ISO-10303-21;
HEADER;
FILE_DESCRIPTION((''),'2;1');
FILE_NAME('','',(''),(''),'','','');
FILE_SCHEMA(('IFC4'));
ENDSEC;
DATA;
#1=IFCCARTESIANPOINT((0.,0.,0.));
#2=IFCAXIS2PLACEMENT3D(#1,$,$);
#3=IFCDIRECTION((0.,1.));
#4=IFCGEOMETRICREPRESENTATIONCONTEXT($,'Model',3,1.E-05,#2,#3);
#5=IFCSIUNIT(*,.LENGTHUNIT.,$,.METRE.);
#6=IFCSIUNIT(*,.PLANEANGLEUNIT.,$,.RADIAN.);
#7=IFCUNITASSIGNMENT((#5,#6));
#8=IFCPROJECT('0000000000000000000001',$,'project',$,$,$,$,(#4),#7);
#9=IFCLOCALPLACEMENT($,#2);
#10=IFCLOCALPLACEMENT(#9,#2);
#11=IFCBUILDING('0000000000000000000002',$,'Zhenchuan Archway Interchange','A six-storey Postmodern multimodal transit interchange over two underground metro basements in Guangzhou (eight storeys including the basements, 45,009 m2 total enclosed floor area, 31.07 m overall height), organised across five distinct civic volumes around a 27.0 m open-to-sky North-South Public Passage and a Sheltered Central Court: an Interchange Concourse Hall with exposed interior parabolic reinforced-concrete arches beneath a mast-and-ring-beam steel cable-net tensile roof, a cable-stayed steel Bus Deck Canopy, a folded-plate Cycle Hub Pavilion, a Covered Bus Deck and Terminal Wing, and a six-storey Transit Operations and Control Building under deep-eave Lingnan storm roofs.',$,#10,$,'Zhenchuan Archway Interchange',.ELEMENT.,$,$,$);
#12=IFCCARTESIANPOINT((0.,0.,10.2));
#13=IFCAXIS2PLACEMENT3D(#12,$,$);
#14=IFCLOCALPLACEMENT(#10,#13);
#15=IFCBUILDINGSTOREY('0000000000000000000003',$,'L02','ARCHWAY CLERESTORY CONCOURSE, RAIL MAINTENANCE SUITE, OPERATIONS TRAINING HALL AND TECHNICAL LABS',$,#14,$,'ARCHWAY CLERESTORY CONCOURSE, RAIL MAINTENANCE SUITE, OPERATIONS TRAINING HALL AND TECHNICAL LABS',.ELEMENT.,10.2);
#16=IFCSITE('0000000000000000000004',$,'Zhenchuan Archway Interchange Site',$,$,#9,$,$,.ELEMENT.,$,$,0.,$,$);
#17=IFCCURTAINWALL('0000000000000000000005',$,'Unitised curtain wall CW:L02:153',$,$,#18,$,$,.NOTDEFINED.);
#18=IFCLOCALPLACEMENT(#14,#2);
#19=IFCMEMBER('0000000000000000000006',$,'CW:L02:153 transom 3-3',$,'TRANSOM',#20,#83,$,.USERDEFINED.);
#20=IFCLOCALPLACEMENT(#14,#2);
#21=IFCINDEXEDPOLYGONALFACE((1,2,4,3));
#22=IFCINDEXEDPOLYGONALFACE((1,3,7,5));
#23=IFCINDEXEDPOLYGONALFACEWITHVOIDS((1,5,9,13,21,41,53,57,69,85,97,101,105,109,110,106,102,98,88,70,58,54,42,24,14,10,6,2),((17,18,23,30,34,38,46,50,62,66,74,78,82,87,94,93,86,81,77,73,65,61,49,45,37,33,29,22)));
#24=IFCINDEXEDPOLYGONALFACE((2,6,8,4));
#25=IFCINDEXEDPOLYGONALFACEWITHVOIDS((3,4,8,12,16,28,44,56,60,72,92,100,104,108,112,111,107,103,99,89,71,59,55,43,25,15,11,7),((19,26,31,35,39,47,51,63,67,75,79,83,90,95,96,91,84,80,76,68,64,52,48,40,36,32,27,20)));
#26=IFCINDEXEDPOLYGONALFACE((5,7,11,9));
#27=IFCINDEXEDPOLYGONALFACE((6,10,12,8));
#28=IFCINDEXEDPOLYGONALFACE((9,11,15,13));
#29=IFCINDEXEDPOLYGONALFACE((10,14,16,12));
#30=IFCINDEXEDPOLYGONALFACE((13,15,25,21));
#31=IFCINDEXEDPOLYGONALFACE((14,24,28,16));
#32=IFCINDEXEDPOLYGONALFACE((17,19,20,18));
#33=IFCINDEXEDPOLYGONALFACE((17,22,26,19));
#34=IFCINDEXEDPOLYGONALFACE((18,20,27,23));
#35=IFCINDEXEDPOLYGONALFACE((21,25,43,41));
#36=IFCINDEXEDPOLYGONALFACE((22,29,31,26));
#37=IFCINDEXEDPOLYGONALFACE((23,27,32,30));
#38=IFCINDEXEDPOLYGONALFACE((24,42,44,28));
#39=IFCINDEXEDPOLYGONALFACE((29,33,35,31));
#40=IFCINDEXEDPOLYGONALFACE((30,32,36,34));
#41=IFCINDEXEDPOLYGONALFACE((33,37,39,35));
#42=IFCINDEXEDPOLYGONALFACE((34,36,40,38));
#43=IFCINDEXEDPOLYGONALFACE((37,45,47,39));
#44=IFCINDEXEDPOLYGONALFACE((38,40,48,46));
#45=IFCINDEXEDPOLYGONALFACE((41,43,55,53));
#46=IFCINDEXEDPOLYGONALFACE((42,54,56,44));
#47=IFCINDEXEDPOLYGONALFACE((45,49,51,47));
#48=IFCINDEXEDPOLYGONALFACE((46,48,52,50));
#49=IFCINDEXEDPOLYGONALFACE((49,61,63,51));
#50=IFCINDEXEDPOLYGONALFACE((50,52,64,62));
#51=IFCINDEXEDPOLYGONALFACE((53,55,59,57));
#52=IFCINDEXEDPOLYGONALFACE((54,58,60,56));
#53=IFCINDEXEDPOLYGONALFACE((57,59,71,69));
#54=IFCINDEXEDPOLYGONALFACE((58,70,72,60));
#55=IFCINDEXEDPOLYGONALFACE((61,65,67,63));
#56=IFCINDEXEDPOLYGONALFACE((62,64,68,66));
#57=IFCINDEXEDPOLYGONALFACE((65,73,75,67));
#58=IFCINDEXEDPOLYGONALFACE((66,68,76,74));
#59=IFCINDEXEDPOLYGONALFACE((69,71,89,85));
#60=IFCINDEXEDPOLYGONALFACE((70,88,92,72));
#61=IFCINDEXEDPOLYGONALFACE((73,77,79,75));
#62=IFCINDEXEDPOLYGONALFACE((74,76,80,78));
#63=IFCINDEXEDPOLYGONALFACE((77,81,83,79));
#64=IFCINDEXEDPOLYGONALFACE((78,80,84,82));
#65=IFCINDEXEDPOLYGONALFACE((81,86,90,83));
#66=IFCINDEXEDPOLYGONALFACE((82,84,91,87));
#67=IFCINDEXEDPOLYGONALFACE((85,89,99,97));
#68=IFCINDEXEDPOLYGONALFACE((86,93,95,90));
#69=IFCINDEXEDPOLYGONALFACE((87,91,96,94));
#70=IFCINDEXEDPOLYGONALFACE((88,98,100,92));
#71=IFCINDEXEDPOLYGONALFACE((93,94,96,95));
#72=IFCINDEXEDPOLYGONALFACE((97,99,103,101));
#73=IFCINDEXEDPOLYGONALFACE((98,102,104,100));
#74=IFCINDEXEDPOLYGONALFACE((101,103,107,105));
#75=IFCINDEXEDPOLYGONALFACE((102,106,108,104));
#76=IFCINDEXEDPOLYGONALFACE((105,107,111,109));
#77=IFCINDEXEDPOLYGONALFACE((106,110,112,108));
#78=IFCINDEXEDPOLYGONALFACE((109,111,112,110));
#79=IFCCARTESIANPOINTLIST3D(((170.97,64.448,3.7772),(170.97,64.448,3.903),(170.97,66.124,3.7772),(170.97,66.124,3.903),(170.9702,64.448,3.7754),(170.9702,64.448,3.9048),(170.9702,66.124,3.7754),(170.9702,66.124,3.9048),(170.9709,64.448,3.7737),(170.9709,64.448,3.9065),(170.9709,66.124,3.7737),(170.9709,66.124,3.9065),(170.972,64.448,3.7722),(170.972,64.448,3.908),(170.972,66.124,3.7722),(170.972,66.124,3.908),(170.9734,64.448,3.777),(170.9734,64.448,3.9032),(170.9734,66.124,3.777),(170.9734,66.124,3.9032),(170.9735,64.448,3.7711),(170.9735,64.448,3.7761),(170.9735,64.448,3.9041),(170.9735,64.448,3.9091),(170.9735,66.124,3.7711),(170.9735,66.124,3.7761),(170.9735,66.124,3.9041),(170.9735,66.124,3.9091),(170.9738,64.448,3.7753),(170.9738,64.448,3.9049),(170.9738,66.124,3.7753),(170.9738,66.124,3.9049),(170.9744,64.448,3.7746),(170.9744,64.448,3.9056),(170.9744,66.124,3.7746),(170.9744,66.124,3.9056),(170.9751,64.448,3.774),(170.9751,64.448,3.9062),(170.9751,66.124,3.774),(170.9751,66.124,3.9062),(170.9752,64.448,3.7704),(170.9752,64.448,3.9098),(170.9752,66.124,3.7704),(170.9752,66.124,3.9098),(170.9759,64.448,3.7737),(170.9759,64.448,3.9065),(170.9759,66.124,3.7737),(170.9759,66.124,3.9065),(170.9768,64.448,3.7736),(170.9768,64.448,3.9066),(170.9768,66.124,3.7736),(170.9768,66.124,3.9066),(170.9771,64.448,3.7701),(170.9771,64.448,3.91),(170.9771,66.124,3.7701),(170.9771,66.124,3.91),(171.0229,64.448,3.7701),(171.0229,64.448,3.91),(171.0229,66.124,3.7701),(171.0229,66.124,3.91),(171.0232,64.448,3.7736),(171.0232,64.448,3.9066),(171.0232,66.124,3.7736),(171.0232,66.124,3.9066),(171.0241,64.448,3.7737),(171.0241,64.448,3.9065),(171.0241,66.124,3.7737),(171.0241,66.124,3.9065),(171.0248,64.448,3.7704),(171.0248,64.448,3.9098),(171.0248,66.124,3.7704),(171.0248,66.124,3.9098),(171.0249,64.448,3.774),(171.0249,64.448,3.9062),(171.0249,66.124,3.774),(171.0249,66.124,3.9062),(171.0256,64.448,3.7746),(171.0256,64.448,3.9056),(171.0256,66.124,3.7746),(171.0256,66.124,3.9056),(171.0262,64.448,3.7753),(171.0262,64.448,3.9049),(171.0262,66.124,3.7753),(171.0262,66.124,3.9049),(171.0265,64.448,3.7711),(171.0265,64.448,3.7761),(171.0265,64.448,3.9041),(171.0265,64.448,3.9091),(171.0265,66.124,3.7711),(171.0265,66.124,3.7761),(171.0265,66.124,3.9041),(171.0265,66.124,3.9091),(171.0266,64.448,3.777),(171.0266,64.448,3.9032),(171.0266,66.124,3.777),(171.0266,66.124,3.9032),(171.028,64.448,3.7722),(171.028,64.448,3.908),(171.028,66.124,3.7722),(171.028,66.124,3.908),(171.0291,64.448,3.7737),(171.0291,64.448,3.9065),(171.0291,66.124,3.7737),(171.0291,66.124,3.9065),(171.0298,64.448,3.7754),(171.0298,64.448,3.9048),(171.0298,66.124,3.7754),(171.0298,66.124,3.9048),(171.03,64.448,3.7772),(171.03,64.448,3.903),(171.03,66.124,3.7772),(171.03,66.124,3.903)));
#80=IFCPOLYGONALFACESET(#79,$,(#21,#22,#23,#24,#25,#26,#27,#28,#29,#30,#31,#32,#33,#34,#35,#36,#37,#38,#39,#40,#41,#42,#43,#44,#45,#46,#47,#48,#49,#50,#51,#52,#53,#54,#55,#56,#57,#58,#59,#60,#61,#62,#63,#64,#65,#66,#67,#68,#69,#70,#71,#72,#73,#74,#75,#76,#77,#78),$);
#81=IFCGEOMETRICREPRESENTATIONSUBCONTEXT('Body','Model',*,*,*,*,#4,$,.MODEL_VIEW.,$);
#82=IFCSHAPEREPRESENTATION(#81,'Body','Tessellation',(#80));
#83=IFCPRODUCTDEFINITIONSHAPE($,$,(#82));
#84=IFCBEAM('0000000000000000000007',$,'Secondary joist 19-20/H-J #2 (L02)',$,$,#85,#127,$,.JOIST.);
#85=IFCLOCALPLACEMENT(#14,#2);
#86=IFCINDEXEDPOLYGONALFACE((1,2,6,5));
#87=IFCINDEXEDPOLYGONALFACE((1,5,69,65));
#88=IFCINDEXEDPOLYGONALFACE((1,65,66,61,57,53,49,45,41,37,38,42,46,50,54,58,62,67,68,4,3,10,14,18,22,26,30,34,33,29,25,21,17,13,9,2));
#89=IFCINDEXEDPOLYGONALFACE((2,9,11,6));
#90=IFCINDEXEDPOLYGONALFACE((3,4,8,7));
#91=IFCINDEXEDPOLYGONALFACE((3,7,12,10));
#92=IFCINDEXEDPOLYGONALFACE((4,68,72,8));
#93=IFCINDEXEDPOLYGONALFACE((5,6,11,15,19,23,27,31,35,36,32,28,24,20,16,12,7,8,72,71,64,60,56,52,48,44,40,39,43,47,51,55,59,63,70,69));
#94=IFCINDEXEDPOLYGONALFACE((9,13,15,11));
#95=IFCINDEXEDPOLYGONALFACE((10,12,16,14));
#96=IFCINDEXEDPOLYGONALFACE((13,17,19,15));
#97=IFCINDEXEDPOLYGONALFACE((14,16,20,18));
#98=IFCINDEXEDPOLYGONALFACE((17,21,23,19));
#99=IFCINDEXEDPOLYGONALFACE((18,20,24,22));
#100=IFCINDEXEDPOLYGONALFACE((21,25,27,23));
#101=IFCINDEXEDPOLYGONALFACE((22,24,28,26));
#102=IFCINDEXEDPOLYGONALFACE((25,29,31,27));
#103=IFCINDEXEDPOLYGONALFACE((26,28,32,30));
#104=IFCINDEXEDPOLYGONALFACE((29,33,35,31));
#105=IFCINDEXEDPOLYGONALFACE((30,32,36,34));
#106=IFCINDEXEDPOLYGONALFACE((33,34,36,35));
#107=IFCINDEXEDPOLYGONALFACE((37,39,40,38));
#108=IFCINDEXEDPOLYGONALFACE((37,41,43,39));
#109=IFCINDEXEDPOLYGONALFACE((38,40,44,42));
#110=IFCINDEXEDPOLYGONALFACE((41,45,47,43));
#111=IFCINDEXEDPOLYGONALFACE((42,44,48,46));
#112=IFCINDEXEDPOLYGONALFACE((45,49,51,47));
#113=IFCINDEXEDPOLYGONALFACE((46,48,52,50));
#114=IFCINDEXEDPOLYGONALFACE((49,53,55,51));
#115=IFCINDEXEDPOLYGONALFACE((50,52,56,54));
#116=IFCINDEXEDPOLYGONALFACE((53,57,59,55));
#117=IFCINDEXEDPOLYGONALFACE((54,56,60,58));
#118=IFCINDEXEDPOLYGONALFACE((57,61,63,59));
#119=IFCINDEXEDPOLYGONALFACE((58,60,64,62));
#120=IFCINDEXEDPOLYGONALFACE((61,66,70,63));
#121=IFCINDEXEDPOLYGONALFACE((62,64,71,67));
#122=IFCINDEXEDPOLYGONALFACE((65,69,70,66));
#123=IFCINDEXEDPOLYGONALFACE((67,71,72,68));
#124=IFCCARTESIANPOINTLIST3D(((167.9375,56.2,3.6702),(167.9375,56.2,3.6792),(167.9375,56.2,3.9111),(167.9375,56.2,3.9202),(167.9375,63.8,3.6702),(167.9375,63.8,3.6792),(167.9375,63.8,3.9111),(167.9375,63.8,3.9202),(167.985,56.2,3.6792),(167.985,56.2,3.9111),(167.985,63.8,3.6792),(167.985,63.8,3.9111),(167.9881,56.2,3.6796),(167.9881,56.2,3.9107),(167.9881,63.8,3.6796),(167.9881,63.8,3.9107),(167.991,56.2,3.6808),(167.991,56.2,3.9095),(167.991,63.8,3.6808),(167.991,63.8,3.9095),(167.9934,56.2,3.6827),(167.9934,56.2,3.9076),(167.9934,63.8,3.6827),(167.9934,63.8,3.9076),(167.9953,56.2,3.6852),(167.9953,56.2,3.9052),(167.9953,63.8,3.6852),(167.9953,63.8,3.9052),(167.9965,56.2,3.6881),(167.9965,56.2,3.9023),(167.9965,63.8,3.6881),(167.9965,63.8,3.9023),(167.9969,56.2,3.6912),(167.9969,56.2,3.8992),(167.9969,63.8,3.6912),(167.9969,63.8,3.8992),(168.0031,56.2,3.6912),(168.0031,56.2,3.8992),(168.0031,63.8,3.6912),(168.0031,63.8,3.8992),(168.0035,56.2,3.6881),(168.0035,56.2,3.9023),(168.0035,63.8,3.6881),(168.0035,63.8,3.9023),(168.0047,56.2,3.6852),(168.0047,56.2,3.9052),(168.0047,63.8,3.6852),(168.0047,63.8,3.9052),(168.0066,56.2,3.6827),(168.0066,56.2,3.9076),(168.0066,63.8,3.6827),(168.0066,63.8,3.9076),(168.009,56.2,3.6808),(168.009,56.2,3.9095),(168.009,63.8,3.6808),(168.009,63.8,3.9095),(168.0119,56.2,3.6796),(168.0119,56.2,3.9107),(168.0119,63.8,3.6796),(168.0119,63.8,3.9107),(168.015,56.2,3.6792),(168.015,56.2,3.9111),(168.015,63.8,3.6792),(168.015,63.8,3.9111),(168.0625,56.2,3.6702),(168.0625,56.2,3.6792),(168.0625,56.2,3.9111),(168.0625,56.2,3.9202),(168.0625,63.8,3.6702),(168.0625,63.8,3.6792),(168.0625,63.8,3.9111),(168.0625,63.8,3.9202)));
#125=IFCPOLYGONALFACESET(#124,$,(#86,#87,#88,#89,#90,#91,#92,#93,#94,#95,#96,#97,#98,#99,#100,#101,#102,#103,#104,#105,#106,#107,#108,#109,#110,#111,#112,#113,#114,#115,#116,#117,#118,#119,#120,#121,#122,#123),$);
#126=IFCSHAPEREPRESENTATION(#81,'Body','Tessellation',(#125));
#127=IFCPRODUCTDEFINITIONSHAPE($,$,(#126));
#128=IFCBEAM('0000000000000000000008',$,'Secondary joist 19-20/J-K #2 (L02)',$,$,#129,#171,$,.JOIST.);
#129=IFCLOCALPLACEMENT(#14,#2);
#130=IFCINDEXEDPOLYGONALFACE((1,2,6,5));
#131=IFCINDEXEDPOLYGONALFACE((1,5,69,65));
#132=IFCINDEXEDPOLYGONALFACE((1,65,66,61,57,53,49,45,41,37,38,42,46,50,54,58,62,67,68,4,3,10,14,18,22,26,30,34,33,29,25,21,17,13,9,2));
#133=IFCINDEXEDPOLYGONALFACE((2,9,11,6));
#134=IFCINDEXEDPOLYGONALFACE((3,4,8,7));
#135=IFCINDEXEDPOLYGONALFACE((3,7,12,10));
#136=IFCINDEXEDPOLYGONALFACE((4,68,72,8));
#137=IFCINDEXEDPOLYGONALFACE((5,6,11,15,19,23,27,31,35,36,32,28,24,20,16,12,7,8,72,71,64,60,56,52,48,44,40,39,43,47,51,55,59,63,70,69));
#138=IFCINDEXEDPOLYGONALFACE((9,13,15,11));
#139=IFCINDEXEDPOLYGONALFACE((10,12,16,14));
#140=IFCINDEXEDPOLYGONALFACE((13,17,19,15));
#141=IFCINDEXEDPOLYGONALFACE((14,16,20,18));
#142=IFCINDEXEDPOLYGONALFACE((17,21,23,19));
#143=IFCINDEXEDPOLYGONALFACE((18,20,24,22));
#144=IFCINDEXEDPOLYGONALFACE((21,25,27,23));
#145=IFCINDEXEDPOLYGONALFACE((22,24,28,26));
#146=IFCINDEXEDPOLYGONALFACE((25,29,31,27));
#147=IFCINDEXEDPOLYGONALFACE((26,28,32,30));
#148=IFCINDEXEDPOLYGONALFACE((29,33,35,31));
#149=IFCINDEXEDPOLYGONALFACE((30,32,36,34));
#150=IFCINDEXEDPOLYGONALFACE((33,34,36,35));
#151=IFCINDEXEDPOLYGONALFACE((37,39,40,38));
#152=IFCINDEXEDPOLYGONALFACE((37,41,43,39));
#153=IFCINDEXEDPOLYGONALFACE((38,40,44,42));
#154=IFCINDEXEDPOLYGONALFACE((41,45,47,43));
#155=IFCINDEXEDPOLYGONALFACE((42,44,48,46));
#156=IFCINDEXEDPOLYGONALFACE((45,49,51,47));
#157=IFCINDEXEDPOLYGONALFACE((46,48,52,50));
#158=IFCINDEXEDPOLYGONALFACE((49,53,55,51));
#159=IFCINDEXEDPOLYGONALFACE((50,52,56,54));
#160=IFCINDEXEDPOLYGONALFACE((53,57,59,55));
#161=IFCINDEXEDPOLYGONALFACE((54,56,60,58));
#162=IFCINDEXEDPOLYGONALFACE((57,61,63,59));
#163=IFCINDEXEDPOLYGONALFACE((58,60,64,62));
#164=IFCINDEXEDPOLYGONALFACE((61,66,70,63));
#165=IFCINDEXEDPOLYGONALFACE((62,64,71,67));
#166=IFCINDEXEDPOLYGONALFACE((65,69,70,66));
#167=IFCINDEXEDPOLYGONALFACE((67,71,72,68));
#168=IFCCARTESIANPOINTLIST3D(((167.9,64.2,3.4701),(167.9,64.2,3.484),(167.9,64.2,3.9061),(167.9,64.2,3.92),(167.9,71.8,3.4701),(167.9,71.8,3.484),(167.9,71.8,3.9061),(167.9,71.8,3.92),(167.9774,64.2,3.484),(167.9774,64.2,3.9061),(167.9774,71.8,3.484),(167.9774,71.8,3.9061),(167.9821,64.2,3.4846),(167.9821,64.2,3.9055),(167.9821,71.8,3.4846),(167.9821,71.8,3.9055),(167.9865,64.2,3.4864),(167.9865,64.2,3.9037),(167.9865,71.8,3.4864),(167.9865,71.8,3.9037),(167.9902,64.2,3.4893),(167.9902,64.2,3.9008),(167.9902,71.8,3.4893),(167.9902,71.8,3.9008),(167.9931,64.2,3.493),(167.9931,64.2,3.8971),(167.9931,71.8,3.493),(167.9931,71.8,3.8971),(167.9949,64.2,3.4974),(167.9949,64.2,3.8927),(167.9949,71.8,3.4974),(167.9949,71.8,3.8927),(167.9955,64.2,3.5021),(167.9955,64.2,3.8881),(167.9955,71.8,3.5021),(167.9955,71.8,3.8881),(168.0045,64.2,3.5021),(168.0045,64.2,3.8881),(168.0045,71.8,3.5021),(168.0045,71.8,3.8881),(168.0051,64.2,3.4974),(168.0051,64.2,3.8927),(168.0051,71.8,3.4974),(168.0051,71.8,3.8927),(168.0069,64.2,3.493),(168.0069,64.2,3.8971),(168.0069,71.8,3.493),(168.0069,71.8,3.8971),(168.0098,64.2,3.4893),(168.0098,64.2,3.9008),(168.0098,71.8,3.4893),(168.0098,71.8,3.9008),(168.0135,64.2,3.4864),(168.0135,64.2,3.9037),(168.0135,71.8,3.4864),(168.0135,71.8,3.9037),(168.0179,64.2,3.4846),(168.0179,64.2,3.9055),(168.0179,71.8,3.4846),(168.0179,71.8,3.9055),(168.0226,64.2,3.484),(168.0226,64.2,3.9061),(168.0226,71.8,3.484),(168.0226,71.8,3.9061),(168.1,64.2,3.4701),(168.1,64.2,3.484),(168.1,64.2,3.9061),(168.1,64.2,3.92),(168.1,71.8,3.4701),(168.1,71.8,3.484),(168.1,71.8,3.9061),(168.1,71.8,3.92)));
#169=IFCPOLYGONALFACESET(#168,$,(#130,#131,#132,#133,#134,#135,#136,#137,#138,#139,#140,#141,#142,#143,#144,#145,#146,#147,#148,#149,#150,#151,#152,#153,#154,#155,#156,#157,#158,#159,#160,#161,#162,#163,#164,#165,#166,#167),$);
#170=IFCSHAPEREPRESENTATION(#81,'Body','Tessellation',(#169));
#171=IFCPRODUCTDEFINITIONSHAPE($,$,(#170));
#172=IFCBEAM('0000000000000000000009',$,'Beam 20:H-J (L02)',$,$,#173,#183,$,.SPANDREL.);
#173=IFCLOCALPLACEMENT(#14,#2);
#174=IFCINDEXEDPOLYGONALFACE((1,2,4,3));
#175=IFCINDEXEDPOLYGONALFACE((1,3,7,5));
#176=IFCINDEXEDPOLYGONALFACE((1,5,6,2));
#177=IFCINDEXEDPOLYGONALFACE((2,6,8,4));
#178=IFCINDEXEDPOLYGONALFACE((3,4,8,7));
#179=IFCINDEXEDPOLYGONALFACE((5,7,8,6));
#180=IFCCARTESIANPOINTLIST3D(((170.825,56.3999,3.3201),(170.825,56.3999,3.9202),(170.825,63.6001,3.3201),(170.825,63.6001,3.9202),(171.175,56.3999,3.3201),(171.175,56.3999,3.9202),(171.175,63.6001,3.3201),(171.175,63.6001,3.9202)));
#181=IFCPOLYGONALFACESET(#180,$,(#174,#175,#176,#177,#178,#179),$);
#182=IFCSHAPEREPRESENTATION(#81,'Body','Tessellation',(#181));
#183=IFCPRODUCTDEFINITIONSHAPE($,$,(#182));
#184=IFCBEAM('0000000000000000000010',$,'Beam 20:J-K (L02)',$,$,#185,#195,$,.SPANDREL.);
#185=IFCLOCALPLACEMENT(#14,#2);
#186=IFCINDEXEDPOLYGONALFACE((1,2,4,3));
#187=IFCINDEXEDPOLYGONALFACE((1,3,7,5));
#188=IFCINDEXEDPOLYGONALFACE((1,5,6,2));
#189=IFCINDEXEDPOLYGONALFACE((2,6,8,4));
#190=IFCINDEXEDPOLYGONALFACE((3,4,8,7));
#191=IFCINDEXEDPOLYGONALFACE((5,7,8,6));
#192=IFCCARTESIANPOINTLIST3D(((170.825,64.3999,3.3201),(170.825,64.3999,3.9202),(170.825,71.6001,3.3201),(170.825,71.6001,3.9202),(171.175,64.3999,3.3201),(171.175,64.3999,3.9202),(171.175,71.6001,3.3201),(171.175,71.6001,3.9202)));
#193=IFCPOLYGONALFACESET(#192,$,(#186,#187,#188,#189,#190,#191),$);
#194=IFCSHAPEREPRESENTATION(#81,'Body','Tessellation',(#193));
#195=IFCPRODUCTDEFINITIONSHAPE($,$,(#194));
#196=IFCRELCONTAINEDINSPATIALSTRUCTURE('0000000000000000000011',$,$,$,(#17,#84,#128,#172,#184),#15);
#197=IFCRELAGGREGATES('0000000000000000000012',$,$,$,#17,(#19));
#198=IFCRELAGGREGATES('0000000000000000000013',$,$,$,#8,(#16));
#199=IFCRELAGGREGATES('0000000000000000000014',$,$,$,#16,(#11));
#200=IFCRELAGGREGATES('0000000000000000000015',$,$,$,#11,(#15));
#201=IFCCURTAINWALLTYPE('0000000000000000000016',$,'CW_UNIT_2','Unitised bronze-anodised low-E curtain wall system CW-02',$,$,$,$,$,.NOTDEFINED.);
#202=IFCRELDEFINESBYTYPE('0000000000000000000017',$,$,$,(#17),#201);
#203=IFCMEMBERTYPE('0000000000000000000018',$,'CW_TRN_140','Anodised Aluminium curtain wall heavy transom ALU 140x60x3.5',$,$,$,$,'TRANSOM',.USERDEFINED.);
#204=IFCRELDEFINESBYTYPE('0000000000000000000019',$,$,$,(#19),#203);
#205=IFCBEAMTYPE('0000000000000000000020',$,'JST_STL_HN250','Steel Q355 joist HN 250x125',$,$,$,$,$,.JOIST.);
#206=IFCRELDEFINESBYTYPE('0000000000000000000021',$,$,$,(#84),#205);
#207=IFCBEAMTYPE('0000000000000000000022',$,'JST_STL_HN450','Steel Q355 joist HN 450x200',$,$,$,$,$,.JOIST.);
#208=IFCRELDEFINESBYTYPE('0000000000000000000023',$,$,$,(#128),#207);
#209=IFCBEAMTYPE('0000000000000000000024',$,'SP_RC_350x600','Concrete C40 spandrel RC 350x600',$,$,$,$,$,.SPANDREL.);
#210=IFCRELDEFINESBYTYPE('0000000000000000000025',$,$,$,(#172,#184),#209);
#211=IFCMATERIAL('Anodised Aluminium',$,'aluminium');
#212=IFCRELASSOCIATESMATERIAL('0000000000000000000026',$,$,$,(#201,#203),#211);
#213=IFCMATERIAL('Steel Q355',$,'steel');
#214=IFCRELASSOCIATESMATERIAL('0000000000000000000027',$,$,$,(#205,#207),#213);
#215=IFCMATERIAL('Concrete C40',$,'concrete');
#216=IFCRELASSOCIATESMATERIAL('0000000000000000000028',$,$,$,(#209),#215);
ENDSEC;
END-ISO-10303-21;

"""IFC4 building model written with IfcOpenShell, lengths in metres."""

from ifc_helpers import new_model, si_unit, direction, frame, origin, origin_2d, place, context, subcontext, project, spatial, rectangle, hollow_rectangle, i_section, extrude, material, material_profile, profile_set, type_object, element, aggregate, save


model = new_model("IFC4")

# Units and contexts
model_context = context("Model", 3, precision=1e-05, world=origin(), true_north=direction((0.0, 1.0)))
body_context = subcontext(model_context, "Body", "Model", "MODEL_VIEW")
ifc_project = project(units=[si_unit("LENGTHUNIT", "METRE"), si_unit("PLANEANGLEUNIT", "RADIAN")], contexts=[model_context])

# Site, building, storey
site_placement = place(None, origin())
site = spatial("IfcSite", under=ifc_project, at=site_placement, Name="Zhenchuan Archway Interchange Site", CompositionType="ELEMENT", RefElevation=0.0)
building_placement = place(site_placement, origin())
building = spatial("IfcBuilding", under=site, at=building_placement, Name="Zhenchuan Archway Interchange", Description="A six-storey Postmodern multimodal transit interchange over two underground metro basements in Guangzhou (eight storeys including the basements, 45,009 m2 total enclosed floor area, 31.07 m overall height), organised across five distinct civic volumes around a 27.0 m open-to-sky North-South Public Passage and a Sheltered Central Court: an Interchange Concourse Hall with exposed interior parabolic reinforced-concrete arches beneath a mast-and-ring-beam steel cable-net tensile roof, a cable-stayed steel Bus Deck Canopy, a folded-plate Cycle Hub Pavilion, a Covered Bus Deck and Terminal Wing, and a six-storey Transit Operations and Control Building under deep-eave Lingnan storm roofs.", LongName="Zhenchuan Archway Interchange", CompositionType="ELEMENT")
storey_placement = place(building_placement, frame((0.0, 0.0, 10.2)))
storey = spatial("IfcBuildingStorey", under=building, at=storey_placement, Name="L02", Description="ARCHWAY CLERESTORY CONCOURSE, RAIL MAINTENANCE SUITE, OPERATIONS TRAINING HALL AND TECHNICAL LABS", LongName="ARCHWAY CLERESTORY CONCOURSE, RAIL MAINTENANCE SUITE, OPERATIONS TRAINING HALL AND TECHNICAL LABS", CompositionType="ELEMENT", Elevation=10.2)

# Curtain wall, member
ifc_material_1 = material(Name="Anodised Aluminium", Category="aluminium")
curtain_wall_type = type_object("IfcCurtainWallType", Name="CW_UNIT_2", Description="Unitised bronze-anodised low-E curtain wall system CW-02", PredefinedType="NOTDEFINED", material=ifc_material_1)
curtain_wall_placement = place(storey_placement, origin())
curtain_wall = element("IfcCurtainWall", 1, at=curtain_wall_placement, inside=storey, type_object=curtain_wall_type, Name="Unitised curtain wall CW:L02:153", PredefinedType="NOTDEFINED")
ifc_material_profile_1 = material_profile(ifc_material_1, hollow_rectangle(XDim=0.0601, YDim=0.1399, WallThickness=0.0034, InnerFilletRadius=0.0034, OuterFilletRadius=0.0071, at=origin_2d()), Name="ALU 140x60x3.5")
ifc_profile_set_1 = profile_set([ifc_material_profile_1], Name="Anodised Aluminium")
member_type_1 = type_object("IfcMemberType", Name="CW_TRN_140", Description="Anodised Aluminium curtain wall heavy transom ALU 140x60x3.5", ElementType="TRANSOM", PredefinedType="USERDEFINED", material=ifc_profile_set_1)
member_1_placement = place(storey_placement, frame((171.0, 66.124, 3.8401), z_axis=(0.0, -1.0, 0.0), x_axis=(1.0, 0.0, 0.0)))
member_1 = element("IfcMember", 2, at=member_1_placement, type_object=member_type_1, Name="CW:L02:153 transom 3-3", ObjectType="TRANSOM", PredefinedType="USERDEFINED", context=body_context, shape_type="SweptSolid", body=[
    extrude(hollow_rectangle(XDim=0.0601, YDim=0.1399, WallThickness=0.0034, InnerFilletRadius=0.0034, OuterFilletRadius=0.0071, at=origin_2d()), origin(), (0.0, 0.0, 1.0), 1.676),
])

# Beams
ifc_material_2 = material(Name="Steel Q355", Category="steel")
ifc_material_profile_2 = material_profile(ifc_material_2, i_section(OverallWidth=0.125, OverallDepth=0.25, WebThickness=0.0061, FlangeThickness=0.009, FilletRadius=0.012, at=origin_2d()), Name="HN 250x125")
ifc_profile_set_2 = profile_set([ifc_material_profile_2], Name="Steel Q355")
beam_type_1 = type_object("IfcBeamType", Name="JST_STL_HN250", Description="Steel Q355 joist HN 250x125", PredefinedType="JOIST", material=ifc_profile_set_2)
beam_1_placement = place(storey_placement, frame((168.0, 56.2, 3.7952), z_axis=(0.0, 1.0, 0.0), x_axis=(-1.0, 0.0, 0.0)))
element("IfcBeam", 3, at=beam_1_placement, inside=storey, type_object=beam_type_1, Name="Secondary joist 19-20/H-J #2 (L02)", PredefinedType="JOIST", context=body_context, shape_type="SweptSolid", body=[
    extrude(i_section(OverallWidth=0.125, OverallDepth=0.25, WebThickness=0.0061, FlangeThickness=0.009, FilletRadius=0.012, at=origin_2d()), origin(), (0.0, 0.0, 1.0), 7.6001),
])
ifc_material_profile_3 = material_profile(ifc_material_2, i_section(OverallWidth=0.2, OverallDepth=0.45, WebThickness=0.009, FlangeThickness=0.0139, FilletRadius=0.0181, at=origin_2d()), Name="HN 450x200")
ifc_profile_set_3 = profile_set([ifc_material_profile_3], Name="Steel Q355")
beam_type_2 = type_object("IfcBeamType", Name="JST_STL_HN450", Description="Steel Q355 joist HN 450x200", PredefinedType="JOIST", material=ifc_profile_set_3)
beam_2_placement = place(storey_placement, frame((168.0, 64.2, 3.6951), z_axis=(0.0, 1.0, 0.0), x_axis=(-1.0, 0.0, 0.0)))
element("IfcBeam", 4, at=beam_2_placement, inside=storey, type_object=beam_type_2, Name="Secondary joist 19-20/J-K #2 (L02)", PredefinedType="JOIST", context=body_context, shape_type="SweptSolid", body=[
    extrude(i_section(OverallWidth=0.2, OverallDepth=0.45, WebThickness=0.009, FlangeThickness=0.0139, FilletRadius=0.0181, at=origin_2d()), origin(), (0.0, 0.0, 1.0), 7.6001),
])
ifc_material_3 = material(Name="Concrete C40", Category="concrete")
ifc_material_profile_4 = material_profile(ifc_material_3, rectangle(XDim=0.3501, YDim=0.6001, at=origin_2d()), Name="RC 350x600")
ifc_profile_set_4 = profile_set([ifc_material_profile_4], Name="Concrete C40")
beam_type_3 = type_object("IfcBeamType", Name="SP_RC_350x600", Description="Concrete C40 spandrel RC 350x600", PredefinedType="SPANDREL", material=ifc_profile_set_4)
for number, where, z_axis, x_axis, name in (
    (5, (171.0, 56.3999, 3.6201), (0.0, 1.0, 0.0), (-1.0, 0.0, 0.0), "Beam 20:H-J (L02)"),
    (6, (171.0, 64.3999, 3.6201), (0.0, 1.0, 0.0), (-1.0, 0.0, 0.0), "Beam 20:J-K (L02)"),
):
    element("IfcBeam", number, at=place(storey_placement, frame(where, z_axis=z_axis, x_axis=x_axis)), inside=storey, type_object=beam_type_3, Name=name, PredefinedType="SPANDREL", context=body_context, shape_type="SweptSolid", body=[
        extrude(rectangle(XDim=0.3501, YDim=0.6001, at=origin_2d()), origin(), (0.0, 0.0, 1.0), 7.2002),
    ])

aggregate(curtain_wall, [member_1])

save(model, "model.ifc")
